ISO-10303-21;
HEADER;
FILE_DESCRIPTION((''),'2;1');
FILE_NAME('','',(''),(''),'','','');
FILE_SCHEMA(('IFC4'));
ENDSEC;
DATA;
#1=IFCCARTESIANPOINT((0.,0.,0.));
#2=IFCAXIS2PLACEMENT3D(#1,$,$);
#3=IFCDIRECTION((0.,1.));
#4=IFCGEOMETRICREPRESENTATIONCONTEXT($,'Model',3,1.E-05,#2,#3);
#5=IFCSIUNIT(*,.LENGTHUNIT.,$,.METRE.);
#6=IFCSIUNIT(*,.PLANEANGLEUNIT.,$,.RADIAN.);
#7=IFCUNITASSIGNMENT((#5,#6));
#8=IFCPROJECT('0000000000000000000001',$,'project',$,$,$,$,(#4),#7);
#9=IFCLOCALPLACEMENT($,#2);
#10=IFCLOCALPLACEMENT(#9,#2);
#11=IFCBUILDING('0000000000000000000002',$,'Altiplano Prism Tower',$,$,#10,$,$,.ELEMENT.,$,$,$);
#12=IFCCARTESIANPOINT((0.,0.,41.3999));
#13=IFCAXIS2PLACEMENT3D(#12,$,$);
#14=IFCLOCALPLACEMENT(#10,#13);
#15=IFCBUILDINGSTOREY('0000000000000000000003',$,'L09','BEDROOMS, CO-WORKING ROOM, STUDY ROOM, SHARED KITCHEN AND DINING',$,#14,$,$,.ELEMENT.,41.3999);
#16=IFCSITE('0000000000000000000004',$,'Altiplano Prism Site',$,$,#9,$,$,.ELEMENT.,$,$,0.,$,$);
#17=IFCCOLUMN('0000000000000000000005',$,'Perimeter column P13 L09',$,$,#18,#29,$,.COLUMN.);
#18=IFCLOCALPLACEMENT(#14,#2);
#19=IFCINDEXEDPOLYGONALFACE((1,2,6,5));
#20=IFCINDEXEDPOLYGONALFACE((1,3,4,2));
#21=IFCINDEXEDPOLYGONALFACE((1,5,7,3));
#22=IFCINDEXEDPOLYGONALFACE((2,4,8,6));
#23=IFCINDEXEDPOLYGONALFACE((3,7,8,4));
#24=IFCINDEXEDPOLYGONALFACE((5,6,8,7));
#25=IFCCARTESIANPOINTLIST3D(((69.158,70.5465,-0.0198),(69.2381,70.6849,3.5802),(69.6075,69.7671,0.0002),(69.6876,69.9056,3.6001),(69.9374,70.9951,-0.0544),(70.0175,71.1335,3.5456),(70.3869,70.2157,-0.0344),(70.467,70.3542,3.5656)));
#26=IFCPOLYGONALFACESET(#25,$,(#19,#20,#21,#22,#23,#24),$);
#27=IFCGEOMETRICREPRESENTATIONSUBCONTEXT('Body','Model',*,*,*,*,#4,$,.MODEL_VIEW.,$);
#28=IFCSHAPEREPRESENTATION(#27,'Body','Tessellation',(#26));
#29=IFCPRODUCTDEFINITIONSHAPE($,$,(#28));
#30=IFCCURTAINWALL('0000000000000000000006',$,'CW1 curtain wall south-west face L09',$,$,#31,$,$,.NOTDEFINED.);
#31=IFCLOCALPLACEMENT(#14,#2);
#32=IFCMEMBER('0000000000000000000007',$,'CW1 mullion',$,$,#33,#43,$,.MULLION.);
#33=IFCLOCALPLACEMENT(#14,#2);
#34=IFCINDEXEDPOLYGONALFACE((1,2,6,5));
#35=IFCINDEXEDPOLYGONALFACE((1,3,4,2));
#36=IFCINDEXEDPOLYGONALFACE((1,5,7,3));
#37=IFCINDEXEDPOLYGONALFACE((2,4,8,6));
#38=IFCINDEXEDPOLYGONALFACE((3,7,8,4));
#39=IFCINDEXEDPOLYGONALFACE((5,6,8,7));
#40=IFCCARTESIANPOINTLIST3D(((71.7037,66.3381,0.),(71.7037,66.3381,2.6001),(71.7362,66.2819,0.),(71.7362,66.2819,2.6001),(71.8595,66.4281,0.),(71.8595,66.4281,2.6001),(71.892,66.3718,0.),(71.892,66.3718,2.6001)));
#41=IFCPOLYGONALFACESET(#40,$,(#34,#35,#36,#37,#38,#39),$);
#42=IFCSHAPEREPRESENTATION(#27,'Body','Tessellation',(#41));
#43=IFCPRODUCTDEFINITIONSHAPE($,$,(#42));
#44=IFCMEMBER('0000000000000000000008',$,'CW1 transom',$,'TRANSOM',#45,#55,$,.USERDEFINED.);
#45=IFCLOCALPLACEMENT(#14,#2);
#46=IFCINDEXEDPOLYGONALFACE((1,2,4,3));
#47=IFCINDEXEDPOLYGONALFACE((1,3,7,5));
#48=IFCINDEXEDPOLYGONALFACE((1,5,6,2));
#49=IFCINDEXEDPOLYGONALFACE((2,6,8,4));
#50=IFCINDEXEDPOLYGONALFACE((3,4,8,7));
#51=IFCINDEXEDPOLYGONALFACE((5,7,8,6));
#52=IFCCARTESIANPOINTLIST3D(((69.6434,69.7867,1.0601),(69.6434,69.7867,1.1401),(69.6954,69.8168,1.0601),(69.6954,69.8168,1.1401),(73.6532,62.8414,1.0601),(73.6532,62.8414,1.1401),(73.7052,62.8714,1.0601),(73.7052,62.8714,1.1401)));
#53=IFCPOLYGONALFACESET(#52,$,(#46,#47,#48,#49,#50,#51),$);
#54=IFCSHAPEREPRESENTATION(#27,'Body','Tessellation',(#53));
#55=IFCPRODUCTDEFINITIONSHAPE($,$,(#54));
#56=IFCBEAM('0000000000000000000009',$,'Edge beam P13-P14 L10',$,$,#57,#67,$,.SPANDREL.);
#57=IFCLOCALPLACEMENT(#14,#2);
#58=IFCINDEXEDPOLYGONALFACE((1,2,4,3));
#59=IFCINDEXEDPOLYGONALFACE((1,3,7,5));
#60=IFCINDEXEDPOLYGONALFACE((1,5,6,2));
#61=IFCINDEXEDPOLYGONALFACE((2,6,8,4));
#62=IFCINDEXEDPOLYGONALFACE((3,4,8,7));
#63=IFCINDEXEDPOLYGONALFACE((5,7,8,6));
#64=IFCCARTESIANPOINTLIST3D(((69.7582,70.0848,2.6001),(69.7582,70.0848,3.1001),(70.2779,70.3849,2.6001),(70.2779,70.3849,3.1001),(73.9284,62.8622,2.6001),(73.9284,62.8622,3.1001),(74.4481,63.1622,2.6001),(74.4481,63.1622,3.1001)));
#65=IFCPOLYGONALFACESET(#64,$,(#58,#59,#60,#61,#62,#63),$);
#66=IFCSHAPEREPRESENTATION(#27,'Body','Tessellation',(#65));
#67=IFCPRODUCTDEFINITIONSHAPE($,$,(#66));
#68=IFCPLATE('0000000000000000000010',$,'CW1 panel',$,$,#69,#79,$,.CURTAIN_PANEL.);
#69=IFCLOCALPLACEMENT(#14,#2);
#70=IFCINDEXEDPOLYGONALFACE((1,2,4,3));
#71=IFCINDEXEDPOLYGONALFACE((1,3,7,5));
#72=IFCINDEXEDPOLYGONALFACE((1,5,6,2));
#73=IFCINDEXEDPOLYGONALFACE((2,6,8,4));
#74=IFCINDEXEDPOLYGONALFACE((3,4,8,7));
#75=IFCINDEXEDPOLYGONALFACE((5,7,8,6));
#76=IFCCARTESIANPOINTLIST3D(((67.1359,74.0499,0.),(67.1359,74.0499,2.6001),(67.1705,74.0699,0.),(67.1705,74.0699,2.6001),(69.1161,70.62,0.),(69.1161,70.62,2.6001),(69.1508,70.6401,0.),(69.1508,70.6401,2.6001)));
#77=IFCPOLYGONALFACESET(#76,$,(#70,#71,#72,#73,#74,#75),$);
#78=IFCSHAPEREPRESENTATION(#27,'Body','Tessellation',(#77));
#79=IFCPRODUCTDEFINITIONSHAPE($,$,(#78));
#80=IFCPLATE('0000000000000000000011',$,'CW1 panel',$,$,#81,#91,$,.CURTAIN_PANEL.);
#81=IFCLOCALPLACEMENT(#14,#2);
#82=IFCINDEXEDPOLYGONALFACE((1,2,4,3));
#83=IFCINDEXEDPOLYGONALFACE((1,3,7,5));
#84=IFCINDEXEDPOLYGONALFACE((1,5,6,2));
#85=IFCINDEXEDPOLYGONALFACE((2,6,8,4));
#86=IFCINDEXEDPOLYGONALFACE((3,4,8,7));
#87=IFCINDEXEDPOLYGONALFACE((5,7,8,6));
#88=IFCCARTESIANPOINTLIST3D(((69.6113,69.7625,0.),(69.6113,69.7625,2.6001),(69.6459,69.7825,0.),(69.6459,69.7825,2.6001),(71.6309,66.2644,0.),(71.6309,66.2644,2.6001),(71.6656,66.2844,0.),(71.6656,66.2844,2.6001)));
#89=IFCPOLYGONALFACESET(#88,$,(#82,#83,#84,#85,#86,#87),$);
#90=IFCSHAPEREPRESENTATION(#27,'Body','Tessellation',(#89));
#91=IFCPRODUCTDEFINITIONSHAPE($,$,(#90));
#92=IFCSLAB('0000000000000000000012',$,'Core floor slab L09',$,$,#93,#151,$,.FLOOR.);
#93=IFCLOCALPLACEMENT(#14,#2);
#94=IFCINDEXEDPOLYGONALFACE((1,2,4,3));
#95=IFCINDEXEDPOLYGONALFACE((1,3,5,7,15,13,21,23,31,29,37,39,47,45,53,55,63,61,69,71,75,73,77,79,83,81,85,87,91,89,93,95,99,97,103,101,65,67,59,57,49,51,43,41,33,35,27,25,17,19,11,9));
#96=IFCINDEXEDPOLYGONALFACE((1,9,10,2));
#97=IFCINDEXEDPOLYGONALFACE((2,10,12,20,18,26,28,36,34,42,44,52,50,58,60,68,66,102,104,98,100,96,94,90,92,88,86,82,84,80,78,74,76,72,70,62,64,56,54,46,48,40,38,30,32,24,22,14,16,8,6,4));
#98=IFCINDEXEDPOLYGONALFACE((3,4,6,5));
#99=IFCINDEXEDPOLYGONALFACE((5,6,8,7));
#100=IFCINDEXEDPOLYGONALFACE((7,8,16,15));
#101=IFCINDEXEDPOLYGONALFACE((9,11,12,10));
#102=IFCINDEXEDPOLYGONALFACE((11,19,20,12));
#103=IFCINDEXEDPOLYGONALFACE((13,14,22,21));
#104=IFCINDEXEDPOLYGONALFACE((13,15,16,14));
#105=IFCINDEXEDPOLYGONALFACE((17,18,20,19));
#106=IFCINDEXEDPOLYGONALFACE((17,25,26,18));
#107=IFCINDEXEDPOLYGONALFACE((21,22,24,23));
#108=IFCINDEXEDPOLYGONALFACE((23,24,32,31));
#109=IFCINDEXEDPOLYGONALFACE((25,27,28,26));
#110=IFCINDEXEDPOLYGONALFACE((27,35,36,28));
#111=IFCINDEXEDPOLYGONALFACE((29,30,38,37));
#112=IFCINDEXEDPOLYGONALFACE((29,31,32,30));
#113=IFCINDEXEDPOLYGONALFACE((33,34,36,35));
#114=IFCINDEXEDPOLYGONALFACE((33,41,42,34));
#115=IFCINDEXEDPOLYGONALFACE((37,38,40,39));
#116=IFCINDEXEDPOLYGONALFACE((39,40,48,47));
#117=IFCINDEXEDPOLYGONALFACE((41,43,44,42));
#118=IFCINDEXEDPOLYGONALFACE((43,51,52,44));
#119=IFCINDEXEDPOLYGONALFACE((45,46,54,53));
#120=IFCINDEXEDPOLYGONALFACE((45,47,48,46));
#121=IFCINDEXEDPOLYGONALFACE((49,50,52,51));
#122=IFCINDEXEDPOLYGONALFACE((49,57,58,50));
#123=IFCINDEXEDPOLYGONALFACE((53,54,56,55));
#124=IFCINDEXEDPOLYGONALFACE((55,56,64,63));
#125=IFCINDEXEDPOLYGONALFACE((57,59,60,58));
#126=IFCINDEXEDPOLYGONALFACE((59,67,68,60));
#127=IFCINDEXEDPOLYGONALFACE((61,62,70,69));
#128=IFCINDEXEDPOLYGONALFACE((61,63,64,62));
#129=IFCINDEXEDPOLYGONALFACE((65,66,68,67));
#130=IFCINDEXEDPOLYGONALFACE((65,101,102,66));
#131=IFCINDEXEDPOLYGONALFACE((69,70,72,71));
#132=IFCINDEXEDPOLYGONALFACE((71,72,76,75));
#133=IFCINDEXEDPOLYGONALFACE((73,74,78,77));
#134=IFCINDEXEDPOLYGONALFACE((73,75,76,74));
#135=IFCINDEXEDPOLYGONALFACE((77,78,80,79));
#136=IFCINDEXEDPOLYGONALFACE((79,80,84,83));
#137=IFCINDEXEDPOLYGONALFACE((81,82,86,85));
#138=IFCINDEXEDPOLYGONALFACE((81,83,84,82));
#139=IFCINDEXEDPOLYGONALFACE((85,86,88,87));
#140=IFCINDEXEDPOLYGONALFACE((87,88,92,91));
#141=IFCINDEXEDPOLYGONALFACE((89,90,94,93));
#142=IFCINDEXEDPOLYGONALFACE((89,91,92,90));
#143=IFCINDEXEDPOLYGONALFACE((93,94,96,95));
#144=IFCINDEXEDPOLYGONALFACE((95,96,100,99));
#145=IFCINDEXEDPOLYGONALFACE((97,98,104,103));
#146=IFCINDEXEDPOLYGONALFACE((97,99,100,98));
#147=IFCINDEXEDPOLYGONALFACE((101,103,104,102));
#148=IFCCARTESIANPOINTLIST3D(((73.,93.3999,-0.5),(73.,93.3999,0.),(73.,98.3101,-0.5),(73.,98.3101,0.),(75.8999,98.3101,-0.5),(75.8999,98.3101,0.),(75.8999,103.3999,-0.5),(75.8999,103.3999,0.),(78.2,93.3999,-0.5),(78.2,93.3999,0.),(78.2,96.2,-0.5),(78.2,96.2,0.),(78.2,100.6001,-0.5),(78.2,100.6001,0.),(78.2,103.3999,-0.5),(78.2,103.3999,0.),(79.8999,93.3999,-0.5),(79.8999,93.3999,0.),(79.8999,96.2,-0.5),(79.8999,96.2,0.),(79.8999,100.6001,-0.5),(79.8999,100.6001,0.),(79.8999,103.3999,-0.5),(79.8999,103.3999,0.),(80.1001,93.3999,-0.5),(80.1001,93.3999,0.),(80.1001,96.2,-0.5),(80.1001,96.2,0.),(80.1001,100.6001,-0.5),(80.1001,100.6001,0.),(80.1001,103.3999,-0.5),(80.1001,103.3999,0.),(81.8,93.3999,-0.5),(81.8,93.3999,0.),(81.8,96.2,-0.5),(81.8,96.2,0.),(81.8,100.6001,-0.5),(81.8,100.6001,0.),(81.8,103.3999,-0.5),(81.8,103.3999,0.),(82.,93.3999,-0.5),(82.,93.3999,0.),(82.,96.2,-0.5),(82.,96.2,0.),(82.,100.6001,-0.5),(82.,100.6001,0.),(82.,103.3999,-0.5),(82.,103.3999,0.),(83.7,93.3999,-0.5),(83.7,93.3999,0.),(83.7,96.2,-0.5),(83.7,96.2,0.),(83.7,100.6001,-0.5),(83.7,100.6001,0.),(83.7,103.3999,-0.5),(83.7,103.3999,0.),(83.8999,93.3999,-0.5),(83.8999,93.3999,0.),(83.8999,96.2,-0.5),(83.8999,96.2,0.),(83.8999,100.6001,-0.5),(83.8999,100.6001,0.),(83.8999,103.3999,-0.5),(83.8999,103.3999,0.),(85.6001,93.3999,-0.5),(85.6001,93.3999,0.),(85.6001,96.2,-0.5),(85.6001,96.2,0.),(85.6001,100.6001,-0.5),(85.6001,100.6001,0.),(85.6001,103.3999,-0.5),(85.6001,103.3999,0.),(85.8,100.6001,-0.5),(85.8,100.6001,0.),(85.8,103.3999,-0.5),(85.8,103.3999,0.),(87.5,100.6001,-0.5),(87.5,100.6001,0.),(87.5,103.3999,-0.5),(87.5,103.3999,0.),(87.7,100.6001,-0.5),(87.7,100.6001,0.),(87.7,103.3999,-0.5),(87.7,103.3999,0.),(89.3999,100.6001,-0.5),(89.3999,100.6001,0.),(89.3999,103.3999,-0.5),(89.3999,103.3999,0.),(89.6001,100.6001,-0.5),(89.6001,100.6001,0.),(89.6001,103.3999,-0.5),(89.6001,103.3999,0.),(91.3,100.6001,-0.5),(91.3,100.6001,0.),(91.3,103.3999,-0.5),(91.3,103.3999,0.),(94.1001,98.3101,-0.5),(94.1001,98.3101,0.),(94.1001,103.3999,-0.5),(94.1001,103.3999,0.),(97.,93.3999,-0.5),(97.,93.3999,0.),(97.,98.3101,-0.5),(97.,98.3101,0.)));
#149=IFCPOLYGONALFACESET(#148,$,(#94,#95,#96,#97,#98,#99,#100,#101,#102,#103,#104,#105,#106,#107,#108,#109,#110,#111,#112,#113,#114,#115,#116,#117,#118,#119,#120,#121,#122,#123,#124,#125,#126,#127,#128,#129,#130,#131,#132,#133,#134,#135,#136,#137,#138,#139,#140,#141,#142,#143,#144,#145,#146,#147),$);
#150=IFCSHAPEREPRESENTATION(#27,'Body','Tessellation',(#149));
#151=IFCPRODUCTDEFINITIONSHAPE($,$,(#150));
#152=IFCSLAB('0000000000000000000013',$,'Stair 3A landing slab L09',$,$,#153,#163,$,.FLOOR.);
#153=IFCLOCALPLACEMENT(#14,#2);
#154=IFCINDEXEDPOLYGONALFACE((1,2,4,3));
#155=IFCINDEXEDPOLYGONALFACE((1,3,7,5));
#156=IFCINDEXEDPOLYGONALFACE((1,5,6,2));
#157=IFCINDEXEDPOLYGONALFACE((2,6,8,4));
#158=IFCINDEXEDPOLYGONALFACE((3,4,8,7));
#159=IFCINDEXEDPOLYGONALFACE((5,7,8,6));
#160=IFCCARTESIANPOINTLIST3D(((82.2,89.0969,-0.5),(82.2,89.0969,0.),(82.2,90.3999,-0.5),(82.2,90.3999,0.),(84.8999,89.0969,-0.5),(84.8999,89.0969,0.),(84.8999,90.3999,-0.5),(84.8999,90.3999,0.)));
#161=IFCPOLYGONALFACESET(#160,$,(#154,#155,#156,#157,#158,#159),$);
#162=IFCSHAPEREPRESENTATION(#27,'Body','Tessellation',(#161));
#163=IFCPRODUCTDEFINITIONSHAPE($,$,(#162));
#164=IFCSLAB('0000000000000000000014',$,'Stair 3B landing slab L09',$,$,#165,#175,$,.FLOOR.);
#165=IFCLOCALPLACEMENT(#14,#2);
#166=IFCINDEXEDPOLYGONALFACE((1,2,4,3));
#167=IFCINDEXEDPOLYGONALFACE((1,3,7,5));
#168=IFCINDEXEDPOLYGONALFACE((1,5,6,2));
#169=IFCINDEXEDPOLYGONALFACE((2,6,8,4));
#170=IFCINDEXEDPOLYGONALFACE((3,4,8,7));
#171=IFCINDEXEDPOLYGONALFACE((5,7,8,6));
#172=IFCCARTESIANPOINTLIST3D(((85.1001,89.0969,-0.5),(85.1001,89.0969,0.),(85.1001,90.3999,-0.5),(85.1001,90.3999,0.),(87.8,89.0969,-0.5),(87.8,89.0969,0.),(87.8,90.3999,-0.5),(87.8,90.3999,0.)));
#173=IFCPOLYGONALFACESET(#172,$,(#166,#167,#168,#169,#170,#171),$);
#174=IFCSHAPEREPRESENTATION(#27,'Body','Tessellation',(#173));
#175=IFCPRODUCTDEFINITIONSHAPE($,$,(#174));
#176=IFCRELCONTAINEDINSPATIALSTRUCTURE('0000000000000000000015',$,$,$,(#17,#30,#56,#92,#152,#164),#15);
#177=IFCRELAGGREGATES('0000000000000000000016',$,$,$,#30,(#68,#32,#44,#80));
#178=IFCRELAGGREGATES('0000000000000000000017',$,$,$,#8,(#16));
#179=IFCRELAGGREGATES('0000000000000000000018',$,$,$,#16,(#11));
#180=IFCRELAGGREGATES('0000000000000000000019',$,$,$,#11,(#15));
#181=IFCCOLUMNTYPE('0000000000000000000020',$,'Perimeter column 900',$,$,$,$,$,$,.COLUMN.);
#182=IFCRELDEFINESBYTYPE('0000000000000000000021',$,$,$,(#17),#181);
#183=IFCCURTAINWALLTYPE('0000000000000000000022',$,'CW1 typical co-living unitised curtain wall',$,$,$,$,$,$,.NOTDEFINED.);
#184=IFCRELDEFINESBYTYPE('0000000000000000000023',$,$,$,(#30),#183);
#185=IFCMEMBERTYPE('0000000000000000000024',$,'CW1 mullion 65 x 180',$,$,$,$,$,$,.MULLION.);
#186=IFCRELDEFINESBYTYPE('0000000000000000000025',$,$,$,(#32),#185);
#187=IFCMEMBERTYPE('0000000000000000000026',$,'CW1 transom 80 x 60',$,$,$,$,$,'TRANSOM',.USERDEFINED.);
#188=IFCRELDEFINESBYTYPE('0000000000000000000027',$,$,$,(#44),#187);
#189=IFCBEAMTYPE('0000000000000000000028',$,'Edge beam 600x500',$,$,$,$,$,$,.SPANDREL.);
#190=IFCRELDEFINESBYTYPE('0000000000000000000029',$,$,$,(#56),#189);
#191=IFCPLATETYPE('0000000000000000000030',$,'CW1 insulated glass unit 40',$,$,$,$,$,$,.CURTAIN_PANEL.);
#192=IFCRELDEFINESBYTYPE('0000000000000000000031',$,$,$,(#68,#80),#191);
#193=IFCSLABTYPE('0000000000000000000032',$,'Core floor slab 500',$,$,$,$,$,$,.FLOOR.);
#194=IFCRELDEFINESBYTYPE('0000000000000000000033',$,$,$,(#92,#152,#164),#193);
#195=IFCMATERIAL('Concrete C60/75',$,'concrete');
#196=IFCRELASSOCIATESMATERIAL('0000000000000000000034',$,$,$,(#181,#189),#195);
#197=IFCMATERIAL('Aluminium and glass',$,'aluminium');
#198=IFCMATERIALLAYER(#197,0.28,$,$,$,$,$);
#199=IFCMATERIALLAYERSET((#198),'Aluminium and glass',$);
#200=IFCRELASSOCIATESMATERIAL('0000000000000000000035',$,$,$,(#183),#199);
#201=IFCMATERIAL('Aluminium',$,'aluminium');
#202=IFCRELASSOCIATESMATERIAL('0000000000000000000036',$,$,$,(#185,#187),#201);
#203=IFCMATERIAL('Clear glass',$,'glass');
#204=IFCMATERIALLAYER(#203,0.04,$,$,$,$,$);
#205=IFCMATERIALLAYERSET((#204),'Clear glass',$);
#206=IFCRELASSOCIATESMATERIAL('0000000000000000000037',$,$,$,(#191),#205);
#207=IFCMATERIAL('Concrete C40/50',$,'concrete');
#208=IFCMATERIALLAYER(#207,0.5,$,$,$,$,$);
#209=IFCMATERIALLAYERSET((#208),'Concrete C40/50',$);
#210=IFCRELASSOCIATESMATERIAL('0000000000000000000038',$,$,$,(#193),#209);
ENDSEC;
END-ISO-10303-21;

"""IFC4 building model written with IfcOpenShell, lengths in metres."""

from ifc_helpers import new_model, si_unit, direction, frame, origin, origin_2d, place, context, subcontext, project, spatial, polyline, rectangle, outline, extrude, material, layer, layer_set, material_profile, profile_set, type_object, element, aggregate, save


model = new_model("IFC4")

# Units and contexts
model_context = context("Model", 3, precision=1e-05, world=origin(), true_north=direction((0.0, 1.0)))
body_context = subcontext(model_context, "Body", "Model", "MODEL_VIEW")
ifc_project = project(units=[si_unit("LENGTHUNIT", "METRE"), si_unit("PLANEANGLEUNIT", "RADIAN")], contexts=[model_context])

# Site, building, storey
site_placement = place(None, origin())
site = spatial("IfcSite", under=ifc_project, at=site_placement, Name="Altiplano Prism Site", CompositionType="ELEMENT", RefElevation=0.0)
building_placement = place(site_placement, origin())
building = spatial("IfcBuilding", under=site, at=building_placement, Name="Altiplano Prism Tower", CompositionType="ELEMENT")
storey_placement = place(building_placement, frame((0.0, 0.0, 41.3999)))
storey = spatial("IfcBuildingStorey", under=building, at=storey_placement, Name="L09", Description="BEDROOMS, CO-WORKING ROOM, STUDY ROOM, SHARED KITCHEN AND DINING", CompositionType="ELEMENT", Elevation=41.3999)

# Column
ifc_material_1 = material(Name="Concrete C60/75", Category="concrete")
ifc_material_profile_1 = material_profile(ifc_material_1, rectangle(XDim=0.8999, YDim=0.8999, at=origin_2d()), Name="Perimeter column 900")
ifc_profile_set_1 = profile_set([ifc_material_profile_1], Name="Concrete C60/75")
column_type = type_object("IfcColumnType", Name="Perimeter column 900", PredefinedType="COLUMN", material=ifc_profile_set_1)
column_placement = place(storey_placement, frame((69.7725, 70.3811, -0.0271), z_axis=(0.022223, 0.038416, 0.999015), x_axis=(-0.866024, -0.498523, 0.038435)))
element("IfcColumn", 1, at=column_placement, inside=storey, type_object=column_type, Name="Perimeter column P13 L09", PredefinedType="COLUMN", context=body_context, shape_type="SweptSolid", body=[
    extrude(rectangle(XDim=0.8999, YDim=0.8999, at=origin_2d()), origin(), (0.0, 0.0, 1.0), 3.6035),
])

# Curtain wall, members
ifc_material_2 = material(Name="Aluminium and glass", Category="aluminium")
ifc_layer_1 = layer(ifc_material_2, 0.28)
ifc_layer_set_1 = layer_set([ifc_layer_1], Name="Aluminium and glass")
curtain_wall_type = type_object("IfcCurtainWallType", Name="CW1 typical co-living unitised curtain wall", PredefinedType="NOTDEFINED", material=ifc_layer_set_1)
curtain_wall_placement = place(storey_placement, origin())
curtain_wall = element("IfcCurtainWall", 2, at=curtain_wall_placement, inside=storey, type_object=curtain_wall_type, Name="CW1 curtain wall south-west face L09", PredefinedType="NOTDEFINED")
ifc_material_3 = material(Name="Aluminium", Category="aluminium")
ifc_material_profile_2 = material_profile(ifc_material_3, rectangle(XDim=0.1799, YDim=0.0649, at=origin_2d()), Name="CW1 mullion 65 x 180")
ifc_profile_set_2 = profile_set([ifc_material_profile_2], Name="Aluminium")
member_type_1 = type_object("IfcMemberType", Name="CW1 mullion 65 x 180", PredefinedType="MULLION", material=ifc_profile_set_2)
member_1_placement = place(storey_placement, frame((71.7979, 66.355, 0.0), z_axis=(0.0, 0.0, 1.0), x_axis=(0.866025, 0.5, 0.0)))
member_1 = element("IfcMember", 3, at=member_1_placement, type_object=member_type_1, Name="CW1 mullion", PredefinedType="MULLION", context=body_context, shape_type="SweptSolid", body=[
    extrude(rectangle(XDim=0.1799, YDim=0.0649, at=origin_2d()), origin(), (0.0, 0.0, 1.0), 2.6001),
])
ifc_material_profile_3 = material_profile(ifc_material_3, rectangle(XDim=0.0601, YDim=0.0801, at=origin_2d()), Name="CW1 transom 80 x 60")
ifc_profile_set_3 = profile_set([ifc_material_profile_3], Name="Aluminium")
member_type_2 = type_object("IfcMemberType", Name="CW1 transom 80 x 60", ElementType="TRANSOM", PredefinedType="USERDEFINED", material=ifc_profile_set_3)
member_2_placement = place(storey_placement, frame((69.6694, 69.8018, 1.1001), z_axis=(0.499989, -0.866031, 0.0), x_axis=(0.866031, 0.499989, 0.0)))
member_2 = element("IfcMember", 4, at=member_2_placement, type_object=member_type_2, Name="CW1 transom", ObjectType="TRANSOM", PredefinedType="USERDEFINED", context=body_context, shape_type="SweptSolid", body=[
    extrude(rectangle(XDim=0.0601, YDim=0.0801, at=origin_2d()), origin(), (0.0, 0.0, 1.0), 8.0198),
])

# Beam
ifc_material_profile_4 = material_profile(ifc_material_1, rectangle(XDim=0.6001, YDim=0.5, at=origin_2d()), Name="Edge beam 600x500")
ifc_profile_set_4 = profile_set([ifc_material_profile_4], Name="Concrete C60/75")
beam_type = type_object("IfcBeamType", Name="Edge beam 600x500", PredefinedType="SPANDREL", material=ifc_profile_set_4)
beam_placement = place(storey_placement, frame((70.0181, 70.2349, 2.8501), z_axis=(0.500015, -0.866017, 0.0), x_axis=(0.866017, 0.500015, 0.0)))
element("IfcBeam", 5, at=beam_placement, inside=storey, type_object=beam_type, Name="Edge beam P13-P14 L10", PredefinedType="SPANDREL", context=body_context, shape_type="SweptSolid", body=[
    extrude(rectangle(XDim=0.6001, YDim=0.5, at=origin_2d()), origin(), (0.0, 0.0, 1.0), 8.3401),
])

# Plates
ifc_material_4 = material(Name="Clear glass", Category="glass")
ifc_layer_2 = layer(ifc_material_4, 0.04)
ifc_layer_set_2 = layer_set([ifc_layer_2], Name="Clear glass")
plate_type = type_object("IfcPlateType", Name="CW1 insulated glass unit 40", PredefinedType="CURTAIN_PANEL", material=ifc_layer_set_2)
plate_1_placement = place(storey_placement, frame((68.1433, 72.345, 0.0), z_axis=(0.0, 0.0, 1.0), x_axis=(0.5, -0.866025, 0.0)))
plate_1 = element("IfcPlate", 6, at=plate_1_placement, type_object=plate_type, Name="CW1 panel", PredefinedType="CURTAIN_PANEL", context=body_context, shape_type="SweptSolid", body=[
    extrude(rectangle(XDim=3.9604, YDim=0.04, at=origin_2d()), origin(), (0.0, 0.0, 1.0), 2.6001),
])
plate_2_placement = place(storey_placement, frame((70.6384, 68.0234, 0.0), z_axis=(0.0, 0.0, 1.0), x_axis=(0.5, -0.866025, 0.0)))
plate_2 = element("IfcPlate", 7, at=plate_2_placement, type_object=plate_type, Name="CW1 panel", PredefinedType="CURTAIN_PANEL", context=body_context, shape_type="SweptSolid", body=[
    extrude(rectangle(XDim=4.0393, YDim=0.04, at=origin_2d()), origin(), (0.0, 0.0, 1.0), 2.6001),
])
aggregate(curtain_wall, [plate_1, member_1, member_2, plate_2])

# Slabs
ifc_material_5 = material(Name="Concrete C40/50", Category="concrete")
ifc_layer_3 = layer(ifc_material_5, 0.5)
ifc_layer_set_3 = layer_set([ifc_layer_3], Name="Concrete C40/50")
slab_type_1 = type_object("IfcSlabType", Name="Core floor slab 500", PredefinedType="FLOOR", material=ifc_layer_set_3)
slab_1_placement = place(storey_placement, frame((0.0, 0.0, -0.5)))
element("IfcSlab", 8, at=slab_1_placement, inside=storey, type_object=slab_type_1, Name="Core floor slab L09", PredefinedType="FLOOR", context=body_context, shape_type="SweptSolid", body=[
    extrude(outline(polyline([(97.0, 98.3101), (94.1001, 98.3101), (94.1001, 103.3999), (91.3, 103.3999), (91.3, 100.6001), (89.6001, 100.6001), (89.6001, 103.3999), (89.3999, 103.3999), (89.3999, 100.6001), (87.7, 100.6001), (87.7, 103.3999), (87.5, 103.3999), (87.5, 100.6001), (85.8, 100.6001), (85.8, 103.3999), (85.6001, 103.3999), (85.6001, 100.6001), (83.8999, 100.6001), (83.8999, 103.3999), (83.7, 103.3999), (83.7, 100.6001), (82.0, 100.6001), (82.0, 103.3999), (81.8, 103.3999), (81.8, 100.6001), (80.1001, 100.6001), (80.1001, 103.3999), (79.8999, 103.3999), (79.8999, 100.6001), (78.2, 100.6001), (78.2, 103.3999), (75.8999, 103.3999), (75.8999, 98.3101), (73.0, 98.3101), (73.0, 93.3999), (78.2, 93.3999), (78.2, 96.2), (79.8999, 96.2), (79.8999, 93.3999), (80.1001, 93.3999), (80.1001, 96.2), (81.8, 96.2), (81.8, 93.3999), (82.0, 93.3999), (82.0, 96.2), (83.7, 96.2), (83.7, 93.3999), (83.8999, 93.3999), (83.8999, 96.2), (85.6001, 96.2), (85.6001, 93.3999), (97.0, 93.3999), (97.0, 98.3101)])), origin(), (0.0, 0.0, 1.0), 0.5),
])
slab_2_placement = place(storey_placement, frame((0.0, 0.0, -0.5)))
element("IfcSlab", 9, at=slab_2_placement, inside=storey, type_object=slab_type_1, Name="Stair 3A landing slab L09", PredefinedType="FLOOR", context=body_context, shape_type="SweptSolid", body=[
    extrude(outline(polyline([(82.2, 89.0969), (84.8999, 89.0969), (84.8999, 90.3999), (82.2, 90.3999), (82.2, 89.0969)])), origin(), (0.0, 0.0, 1.0), 0.5),
])
slab_3_placement = place(storey_placement, frame((0.0, 0.0, -0.5)))
element("IfcSlab", 10, at=slab_3_placement, inside=storey, type_object=slab_type_1, Name="Stair 3B landing slab L09", PredefinedType="FLOOR", context=body_context, shape_type="SweptSolid", body=[
    extrude(outline(polyline([(85.1001, 89.0969), (87.8, 89.0969), (87.8, 90.3999), (85.1001, 90.3999), (85.1001, 89.0969)])), origin(), (0.0, 0.0, 1.0), 0.5),
])

save(model, "model.ifc")
